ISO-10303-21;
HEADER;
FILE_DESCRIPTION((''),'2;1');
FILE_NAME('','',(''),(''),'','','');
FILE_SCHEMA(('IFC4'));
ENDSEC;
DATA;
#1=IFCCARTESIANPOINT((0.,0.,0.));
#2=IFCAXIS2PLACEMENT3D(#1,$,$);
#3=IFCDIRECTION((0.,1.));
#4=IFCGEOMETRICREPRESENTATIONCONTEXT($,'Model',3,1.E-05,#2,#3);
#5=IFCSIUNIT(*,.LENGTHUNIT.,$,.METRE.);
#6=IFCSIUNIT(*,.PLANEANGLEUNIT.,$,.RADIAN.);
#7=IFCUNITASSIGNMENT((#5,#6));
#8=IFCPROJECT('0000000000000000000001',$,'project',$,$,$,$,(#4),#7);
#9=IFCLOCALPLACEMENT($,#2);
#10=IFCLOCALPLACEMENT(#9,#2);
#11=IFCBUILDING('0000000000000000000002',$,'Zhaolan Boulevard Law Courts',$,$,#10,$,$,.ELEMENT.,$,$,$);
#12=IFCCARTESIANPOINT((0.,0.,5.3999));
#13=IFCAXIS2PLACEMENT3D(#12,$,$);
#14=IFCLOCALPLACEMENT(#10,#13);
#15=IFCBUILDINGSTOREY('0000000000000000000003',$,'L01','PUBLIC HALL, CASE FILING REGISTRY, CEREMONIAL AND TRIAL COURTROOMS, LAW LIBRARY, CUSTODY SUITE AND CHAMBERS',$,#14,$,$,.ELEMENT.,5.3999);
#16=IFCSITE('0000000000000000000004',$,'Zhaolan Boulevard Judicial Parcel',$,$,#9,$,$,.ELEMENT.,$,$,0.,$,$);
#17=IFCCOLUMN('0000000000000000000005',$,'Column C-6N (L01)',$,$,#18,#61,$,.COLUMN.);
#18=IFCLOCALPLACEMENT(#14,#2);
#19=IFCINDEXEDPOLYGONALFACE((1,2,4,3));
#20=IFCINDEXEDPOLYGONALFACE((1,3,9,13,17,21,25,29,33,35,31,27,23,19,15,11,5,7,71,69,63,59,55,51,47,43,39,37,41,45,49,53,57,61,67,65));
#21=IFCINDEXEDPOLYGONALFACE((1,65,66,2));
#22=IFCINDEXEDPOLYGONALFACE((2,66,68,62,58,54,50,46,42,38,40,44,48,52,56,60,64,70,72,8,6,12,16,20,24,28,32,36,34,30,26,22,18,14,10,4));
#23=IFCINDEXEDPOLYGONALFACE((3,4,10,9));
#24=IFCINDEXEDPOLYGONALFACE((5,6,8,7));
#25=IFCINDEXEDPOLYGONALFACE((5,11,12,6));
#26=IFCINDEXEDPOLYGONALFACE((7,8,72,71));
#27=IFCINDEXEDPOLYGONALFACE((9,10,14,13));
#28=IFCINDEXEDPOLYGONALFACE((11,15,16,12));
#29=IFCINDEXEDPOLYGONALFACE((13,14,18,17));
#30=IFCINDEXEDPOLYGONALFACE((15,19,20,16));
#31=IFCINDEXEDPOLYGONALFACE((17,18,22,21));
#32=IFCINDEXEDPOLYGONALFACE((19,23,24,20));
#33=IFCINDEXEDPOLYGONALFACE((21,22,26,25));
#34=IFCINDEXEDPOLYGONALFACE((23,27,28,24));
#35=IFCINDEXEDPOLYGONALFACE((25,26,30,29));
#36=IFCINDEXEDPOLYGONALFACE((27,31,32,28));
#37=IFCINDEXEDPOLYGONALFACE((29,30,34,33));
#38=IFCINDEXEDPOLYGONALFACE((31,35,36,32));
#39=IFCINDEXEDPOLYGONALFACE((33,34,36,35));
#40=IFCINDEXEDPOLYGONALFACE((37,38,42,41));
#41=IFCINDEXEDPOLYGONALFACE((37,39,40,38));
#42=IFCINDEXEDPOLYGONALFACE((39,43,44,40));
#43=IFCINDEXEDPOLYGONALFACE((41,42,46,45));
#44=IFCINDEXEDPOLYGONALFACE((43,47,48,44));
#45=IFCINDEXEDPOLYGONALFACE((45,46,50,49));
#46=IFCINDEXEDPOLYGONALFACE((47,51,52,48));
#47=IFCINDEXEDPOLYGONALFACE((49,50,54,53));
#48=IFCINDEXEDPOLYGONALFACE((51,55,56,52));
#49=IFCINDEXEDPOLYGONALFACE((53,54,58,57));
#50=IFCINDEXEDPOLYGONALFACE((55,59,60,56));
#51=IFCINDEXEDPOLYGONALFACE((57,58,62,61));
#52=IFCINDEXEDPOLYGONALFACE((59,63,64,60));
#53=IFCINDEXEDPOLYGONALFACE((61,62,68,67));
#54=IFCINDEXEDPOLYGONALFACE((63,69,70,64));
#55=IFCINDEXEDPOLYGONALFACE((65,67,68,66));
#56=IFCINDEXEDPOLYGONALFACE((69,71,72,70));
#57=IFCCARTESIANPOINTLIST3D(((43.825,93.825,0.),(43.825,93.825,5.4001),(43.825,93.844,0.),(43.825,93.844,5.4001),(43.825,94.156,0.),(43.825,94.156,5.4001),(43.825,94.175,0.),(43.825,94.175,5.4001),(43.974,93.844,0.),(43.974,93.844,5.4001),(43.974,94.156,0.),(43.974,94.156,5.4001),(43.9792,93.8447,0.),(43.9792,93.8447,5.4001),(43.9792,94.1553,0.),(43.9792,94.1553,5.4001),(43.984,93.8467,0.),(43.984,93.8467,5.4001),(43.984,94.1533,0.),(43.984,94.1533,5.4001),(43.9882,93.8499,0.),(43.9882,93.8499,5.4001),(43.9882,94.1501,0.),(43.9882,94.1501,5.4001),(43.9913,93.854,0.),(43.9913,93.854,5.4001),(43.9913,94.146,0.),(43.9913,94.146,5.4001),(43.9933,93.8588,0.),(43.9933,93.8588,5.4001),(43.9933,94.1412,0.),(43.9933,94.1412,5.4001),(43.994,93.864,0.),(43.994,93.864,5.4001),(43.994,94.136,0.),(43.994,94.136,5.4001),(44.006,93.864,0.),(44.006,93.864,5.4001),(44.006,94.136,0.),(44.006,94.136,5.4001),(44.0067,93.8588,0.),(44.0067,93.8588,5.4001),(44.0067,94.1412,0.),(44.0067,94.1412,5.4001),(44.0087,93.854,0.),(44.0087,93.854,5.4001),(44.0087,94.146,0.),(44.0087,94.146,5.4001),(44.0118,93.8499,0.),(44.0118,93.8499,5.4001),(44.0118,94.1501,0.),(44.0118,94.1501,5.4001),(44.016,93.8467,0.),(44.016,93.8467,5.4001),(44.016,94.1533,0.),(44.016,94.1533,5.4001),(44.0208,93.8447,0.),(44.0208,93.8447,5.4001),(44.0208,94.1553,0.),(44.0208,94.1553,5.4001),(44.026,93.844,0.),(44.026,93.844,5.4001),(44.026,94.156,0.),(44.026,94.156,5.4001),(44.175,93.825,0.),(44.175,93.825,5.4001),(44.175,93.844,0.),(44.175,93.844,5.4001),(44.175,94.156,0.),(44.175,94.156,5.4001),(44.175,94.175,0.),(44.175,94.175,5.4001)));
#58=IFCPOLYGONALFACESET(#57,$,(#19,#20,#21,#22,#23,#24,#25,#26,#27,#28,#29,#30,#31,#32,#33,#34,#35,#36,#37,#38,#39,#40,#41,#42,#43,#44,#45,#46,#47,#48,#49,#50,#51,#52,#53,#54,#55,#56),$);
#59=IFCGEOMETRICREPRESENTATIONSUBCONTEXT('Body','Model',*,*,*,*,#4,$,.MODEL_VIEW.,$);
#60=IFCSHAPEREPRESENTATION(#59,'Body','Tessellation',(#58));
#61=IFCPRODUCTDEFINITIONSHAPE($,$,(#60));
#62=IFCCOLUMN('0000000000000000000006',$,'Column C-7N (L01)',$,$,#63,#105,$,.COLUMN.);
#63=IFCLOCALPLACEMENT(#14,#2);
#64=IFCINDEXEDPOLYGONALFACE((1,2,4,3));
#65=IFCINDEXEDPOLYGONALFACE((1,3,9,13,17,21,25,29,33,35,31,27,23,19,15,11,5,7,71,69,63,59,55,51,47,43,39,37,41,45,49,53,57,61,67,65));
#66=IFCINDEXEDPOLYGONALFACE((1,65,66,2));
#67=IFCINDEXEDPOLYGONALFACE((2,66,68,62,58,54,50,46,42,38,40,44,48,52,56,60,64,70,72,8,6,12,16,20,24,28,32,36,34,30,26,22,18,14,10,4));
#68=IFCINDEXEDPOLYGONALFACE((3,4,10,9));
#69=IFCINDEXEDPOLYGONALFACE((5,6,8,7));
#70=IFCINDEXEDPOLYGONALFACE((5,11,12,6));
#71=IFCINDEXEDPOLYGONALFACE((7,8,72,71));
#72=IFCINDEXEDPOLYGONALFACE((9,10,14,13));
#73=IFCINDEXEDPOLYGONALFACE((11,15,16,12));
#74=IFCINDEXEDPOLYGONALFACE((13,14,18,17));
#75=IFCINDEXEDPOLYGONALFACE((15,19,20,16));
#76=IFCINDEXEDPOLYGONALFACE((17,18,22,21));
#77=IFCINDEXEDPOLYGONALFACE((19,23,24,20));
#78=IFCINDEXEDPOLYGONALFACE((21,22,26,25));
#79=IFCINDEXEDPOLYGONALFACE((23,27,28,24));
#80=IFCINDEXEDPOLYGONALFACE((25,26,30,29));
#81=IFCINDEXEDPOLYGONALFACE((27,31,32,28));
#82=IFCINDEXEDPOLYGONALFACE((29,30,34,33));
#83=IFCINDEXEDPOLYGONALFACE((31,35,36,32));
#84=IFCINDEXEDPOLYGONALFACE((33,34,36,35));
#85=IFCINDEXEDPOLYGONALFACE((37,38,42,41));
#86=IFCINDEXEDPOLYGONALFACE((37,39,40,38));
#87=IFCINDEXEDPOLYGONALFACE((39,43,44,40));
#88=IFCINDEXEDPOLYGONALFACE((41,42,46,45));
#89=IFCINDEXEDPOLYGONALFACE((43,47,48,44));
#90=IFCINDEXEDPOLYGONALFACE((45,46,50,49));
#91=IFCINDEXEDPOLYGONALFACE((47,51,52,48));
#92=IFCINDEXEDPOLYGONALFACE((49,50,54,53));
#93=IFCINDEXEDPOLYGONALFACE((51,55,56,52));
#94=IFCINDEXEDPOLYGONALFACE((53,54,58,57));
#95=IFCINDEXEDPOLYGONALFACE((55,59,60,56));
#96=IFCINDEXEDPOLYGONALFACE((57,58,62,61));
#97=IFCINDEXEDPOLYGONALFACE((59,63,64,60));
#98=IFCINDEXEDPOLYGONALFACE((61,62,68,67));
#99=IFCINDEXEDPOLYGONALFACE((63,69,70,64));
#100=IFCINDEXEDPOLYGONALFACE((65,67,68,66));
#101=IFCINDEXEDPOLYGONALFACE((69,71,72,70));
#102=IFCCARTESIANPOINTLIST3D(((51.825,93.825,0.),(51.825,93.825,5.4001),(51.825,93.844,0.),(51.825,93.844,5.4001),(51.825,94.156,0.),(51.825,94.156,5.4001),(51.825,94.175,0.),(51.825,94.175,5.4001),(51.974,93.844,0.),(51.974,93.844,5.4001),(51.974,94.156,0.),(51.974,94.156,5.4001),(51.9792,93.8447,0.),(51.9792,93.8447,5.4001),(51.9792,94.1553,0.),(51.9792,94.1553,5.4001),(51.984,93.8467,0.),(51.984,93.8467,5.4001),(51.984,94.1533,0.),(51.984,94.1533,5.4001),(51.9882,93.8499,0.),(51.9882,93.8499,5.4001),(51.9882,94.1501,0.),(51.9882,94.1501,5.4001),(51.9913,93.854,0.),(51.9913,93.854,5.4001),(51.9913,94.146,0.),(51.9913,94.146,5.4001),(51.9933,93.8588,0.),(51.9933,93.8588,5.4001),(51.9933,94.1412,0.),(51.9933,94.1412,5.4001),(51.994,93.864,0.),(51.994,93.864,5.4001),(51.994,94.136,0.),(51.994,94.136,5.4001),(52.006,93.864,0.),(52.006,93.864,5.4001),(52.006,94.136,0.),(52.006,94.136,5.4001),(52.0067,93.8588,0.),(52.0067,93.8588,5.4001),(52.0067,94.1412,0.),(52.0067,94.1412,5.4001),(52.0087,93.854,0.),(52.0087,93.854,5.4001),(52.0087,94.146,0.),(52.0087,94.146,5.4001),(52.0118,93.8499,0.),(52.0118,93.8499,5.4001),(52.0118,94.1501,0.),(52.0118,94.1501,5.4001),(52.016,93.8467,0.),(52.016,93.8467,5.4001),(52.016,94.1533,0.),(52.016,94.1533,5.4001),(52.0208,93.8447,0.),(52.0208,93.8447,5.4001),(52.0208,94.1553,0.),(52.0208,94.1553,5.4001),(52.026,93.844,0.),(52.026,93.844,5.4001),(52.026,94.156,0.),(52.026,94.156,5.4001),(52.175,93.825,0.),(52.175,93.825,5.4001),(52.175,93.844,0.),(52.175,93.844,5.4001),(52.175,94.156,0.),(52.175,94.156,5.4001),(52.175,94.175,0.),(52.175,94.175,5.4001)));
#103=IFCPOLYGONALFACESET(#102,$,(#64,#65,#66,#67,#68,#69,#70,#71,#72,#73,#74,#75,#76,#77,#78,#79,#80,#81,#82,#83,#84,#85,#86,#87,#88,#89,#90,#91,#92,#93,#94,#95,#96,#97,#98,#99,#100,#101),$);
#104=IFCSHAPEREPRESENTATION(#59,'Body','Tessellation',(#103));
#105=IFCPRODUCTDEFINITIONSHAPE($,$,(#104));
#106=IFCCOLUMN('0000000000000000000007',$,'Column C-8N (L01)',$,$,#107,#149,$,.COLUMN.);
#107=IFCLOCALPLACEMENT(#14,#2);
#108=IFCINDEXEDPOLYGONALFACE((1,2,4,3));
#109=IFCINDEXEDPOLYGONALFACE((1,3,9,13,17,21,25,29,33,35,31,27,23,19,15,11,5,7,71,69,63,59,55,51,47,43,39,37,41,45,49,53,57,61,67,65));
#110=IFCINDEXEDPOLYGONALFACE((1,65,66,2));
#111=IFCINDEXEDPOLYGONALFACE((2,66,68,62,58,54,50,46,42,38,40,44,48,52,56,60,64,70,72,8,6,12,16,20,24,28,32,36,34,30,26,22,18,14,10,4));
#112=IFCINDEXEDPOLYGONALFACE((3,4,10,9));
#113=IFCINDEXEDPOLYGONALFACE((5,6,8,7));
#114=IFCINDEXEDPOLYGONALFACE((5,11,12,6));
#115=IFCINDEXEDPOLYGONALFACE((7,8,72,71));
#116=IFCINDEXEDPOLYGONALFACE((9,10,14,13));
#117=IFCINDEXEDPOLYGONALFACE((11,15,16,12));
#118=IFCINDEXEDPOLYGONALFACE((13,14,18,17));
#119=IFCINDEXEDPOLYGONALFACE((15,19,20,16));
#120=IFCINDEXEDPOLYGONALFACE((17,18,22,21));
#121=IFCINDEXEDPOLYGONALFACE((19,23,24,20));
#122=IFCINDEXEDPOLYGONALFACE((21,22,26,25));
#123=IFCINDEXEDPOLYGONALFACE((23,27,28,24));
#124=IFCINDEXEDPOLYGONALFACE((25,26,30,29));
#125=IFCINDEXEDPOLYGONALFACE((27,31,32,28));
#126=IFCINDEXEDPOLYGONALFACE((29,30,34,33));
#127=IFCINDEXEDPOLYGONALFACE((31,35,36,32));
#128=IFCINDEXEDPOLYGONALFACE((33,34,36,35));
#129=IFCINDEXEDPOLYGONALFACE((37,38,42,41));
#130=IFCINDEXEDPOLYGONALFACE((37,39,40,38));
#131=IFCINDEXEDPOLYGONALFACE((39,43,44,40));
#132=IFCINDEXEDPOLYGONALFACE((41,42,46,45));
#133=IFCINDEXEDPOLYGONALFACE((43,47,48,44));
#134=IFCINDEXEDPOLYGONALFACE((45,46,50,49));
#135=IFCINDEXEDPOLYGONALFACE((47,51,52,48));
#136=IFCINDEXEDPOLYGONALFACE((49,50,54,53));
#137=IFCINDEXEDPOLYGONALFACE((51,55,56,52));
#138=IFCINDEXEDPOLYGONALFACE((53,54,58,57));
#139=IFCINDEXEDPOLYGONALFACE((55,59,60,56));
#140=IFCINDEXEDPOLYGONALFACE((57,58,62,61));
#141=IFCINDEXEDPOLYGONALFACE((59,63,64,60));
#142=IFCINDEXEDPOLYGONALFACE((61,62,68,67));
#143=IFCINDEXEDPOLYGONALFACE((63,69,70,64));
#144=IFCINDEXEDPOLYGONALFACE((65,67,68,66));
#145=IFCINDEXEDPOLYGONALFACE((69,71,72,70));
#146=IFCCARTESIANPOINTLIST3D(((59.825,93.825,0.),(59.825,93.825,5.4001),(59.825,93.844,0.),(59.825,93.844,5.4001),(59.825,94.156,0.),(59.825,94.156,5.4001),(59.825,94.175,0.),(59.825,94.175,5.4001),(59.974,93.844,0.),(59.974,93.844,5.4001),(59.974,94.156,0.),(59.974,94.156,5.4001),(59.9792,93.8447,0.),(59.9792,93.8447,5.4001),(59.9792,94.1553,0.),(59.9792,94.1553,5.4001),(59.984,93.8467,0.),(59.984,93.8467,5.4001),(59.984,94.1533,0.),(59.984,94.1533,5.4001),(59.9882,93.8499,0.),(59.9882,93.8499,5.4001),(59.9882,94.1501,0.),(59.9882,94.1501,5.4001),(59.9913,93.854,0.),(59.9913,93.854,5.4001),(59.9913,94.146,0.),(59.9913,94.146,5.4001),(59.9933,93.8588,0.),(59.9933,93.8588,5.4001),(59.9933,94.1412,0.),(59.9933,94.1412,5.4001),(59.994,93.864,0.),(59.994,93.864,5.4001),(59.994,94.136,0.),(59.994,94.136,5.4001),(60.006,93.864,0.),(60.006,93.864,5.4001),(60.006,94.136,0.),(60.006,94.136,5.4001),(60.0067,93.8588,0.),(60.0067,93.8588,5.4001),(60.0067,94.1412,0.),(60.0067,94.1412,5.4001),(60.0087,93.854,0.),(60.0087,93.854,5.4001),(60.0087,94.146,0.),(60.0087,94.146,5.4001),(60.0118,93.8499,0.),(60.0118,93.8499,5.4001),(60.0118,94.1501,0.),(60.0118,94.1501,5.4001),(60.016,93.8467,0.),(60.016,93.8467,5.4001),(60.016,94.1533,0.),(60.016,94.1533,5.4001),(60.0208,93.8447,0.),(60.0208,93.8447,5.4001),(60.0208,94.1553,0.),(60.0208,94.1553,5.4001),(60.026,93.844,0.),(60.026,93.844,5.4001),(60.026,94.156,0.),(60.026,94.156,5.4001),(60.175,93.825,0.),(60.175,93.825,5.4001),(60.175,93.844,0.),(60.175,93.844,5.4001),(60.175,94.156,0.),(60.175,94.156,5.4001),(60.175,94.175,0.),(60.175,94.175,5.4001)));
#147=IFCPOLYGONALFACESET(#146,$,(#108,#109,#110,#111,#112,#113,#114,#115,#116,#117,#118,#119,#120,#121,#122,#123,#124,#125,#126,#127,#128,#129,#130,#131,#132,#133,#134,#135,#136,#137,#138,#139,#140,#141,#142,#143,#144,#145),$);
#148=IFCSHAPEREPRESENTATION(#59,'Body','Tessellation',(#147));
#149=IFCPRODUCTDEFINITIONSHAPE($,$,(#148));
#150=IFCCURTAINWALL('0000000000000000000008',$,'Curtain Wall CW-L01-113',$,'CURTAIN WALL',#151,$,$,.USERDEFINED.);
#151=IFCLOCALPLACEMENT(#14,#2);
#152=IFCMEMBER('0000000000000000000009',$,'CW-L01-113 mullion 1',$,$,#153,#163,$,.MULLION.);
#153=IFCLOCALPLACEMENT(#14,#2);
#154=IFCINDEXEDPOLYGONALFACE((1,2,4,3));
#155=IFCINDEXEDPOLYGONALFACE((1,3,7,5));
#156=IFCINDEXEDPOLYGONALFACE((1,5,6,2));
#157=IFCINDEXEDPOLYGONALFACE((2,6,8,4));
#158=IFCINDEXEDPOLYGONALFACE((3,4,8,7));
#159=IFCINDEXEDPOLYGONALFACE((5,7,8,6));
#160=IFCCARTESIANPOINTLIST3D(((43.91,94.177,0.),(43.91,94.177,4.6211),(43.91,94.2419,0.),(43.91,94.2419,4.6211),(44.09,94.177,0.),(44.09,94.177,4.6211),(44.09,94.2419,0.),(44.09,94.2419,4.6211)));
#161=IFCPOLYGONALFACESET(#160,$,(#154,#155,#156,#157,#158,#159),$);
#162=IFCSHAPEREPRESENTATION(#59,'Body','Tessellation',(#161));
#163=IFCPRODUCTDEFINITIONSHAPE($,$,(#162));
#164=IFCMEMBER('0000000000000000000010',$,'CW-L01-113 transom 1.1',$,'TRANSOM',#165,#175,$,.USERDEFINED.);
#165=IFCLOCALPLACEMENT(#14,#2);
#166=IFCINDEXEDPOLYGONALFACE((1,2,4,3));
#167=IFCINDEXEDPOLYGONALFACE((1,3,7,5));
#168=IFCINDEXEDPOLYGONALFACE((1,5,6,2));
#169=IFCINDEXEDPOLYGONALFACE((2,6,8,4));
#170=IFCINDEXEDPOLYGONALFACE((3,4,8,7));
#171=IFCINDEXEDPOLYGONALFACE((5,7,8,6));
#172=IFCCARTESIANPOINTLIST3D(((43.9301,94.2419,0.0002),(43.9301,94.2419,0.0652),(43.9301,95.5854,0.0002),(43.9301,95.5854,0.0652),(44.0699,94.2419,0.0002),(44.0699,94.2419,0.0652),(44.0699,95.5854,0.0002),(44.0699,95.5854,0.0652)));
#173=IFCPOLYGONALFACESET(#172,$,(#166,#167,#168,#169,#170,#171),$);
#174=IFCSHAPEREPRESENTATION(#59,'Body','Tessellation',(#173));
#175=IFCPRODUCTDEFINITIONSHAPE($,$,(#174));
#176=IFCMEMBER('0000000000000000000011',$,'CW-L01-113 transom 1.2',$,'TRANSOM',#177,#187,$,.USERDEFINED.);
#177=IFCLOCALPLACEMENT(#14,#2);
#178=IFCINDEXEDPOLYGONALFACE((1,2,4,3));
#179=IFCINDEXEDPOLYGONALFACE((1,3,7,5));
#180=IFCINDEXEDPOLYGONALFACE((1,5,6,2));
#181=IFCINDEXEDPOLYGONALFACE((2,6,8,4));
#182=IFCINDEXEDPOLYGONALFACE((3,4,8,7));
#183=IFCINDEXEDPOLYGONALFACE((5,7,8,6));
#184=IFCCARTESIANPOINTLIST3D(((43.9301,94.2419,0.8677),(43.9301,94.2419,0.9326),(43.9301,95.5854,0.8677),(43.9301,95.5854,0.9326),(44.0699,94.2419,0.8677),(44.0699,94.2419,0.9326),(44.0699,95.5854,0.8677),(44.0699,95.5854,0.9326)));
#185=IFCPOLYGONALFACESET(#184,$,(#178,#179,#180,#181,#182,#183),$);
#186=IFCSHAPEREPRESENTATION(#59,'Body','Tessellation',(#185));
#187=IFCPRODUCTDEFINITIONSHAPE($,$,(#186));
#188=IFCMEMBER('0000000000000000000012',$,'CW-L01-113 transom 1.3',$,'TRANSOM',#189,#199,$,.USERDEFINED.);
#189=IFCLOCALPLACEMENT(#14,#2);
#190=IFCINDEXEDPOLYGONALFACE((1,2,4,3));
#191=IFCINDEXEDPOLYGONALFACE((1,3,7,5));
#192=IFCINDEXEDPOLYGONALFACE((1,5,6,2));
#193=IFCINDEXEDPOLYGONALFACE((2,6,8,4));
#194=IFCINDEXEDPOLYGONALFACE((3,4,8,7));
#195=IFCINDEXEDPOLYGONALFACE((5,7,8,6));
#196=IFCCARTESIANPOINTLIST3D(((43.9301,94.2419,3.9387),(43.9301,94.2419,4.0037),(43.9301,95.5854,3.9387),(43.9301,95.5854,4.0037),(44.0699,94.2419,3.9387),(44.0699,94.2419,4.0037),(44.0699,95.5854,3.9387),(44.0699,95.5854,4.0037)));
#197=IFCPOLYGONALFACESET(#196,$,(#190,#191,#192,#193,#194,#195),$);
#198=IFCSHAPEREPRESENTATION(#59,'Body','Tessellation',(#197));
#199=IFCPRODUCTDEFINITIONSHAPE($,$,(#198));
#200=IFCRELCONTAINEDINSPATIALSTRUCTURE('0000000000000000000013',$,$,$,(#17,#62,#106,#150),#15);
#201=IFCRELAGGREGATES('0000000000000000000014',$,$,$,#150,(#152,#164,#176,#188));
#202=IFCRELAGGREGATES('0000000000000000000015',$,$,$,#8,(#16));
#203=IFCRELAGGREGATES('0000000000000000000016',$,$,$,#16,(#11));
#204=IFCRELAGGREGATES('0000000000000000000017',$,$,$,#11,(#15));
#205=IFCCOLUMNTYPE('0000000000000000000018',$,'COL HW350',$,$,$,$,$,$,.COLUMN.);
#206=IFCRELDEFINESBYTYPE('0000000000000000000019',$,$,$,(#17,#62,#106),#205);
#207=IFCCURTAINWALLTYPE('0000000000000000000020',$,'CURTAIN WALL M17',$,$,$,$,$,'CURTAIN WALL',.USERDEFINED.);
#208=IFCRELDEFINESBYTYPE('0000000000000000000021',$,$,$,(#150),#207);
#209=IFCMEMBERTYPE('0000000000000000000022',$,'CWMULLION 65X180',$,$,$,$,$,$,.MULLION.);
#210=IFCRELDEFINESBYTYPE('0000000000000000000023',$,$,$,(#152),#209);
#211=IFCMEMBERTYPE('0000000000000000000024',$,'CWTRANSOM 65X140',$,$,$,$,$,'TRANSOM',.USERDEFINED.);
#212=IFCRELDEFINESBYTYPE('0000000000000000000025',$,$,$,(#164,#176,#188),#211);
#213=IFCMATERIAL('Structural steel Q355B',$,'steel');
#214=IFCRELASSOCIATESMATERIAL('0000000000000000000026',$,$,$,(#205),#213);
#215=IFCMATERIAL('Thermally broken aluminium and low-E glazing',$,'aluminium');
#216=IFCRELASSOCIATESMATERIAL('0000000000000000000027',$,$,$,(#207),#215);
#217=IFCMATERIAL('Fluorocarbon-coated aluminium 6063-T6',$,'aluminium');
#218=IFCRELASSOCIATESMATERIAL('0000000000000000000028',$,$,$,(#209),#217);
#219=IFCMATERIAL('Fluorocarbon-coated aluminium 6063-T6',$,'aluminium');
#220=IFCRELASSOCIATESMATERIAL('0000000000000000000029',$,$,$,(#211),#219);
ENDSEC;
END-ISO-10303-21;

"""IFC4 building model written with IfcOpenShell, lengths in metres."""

from ifc_helpers import new_model, si_unit, direction, frame, origin, origin_2d, place, context, subcontext, project, spatial, rectangle, i_section, extrude, material, material_profile, profile_set, type_object, element, aggregate, save


model = new_model("IFC4")

# Units and contexts
model_context = context("Model", 3, precision=1e-05, world=origin(), true_north=direction((0.0, 1.0)))
body_context = subcontext(model_context, "Body", "Model", "MODEL_VIEW")
ifc_project = project(units=[si_unit("LENGTHUNIT", "METRE"), si_unit("PLANEANGLEUNIT", "RADIAN")], contexts=[model_context])

# Site, building, storey
site_placement = place(None, origin())
site = spatial("IfcSite", under=ifc_project, at=site_placement, Name="Zhaolan Boulevard Judicial Parcel", CompositionType="ELEMENT", RefElevation=0.0)
building_placement = place(site_placement, origin())
building = spatial("IfcBuilding", under=site, at=building_placement, Name="Zhaolan Boulevard Law Courts", CompositionType="ELEMENT")
storey_placement = place(building_placement, frame((0.0, 0.0, 5.3999)))
storey = spatial("IfcBuildingStorey", under=building, at=storey_placement, Name="L01", Description="PUBLIC HALL, CASE FILING REGISTRY, CEREMONIAL AND TRIAL COURTROOMS, LAW LIBRARY, CUSTODY SUITE AND CHAMBERS", CompositionType="ELEMENT", Elevation=5.3999)

# Columns
ifc_material_1 = material(Name="Structural steel Q355B", Category="steel")
ifc_material_profile_1 = material_profile(ifc_material_1, i_section(OverallWidth=0.3501, OverallDepth=0.3501, WebThickness=0.012, FlangeThickness=0.019, FilletRadius=0.02, at=origin_2d()), Name="HW350x350")
ifc_profile_set_1 = profile_set([ifc_material_profile_1], Name="Structural steel Q355B")
column_type = type_object("IfcColumnType", Name="COL HW350", PredefinedType="COLUMN", material=ifc_profile_set_1)
for number, where, z_axis, x_axis, name in (
    (1, (44.0, 94.0, 0.0), (0.0, 0.0, 1.0), (1.0, 0.0, 0.0), "Column C-6N (L01)"),
    (2, (52.0, 94.0, 0.0), (0.0, 0.0, 1.0), (1.0, 0.0, 0.0), "Column C-7N (L01)"),
    (3, (60.0, 94.0, 0.0), (0.0, 0.0, 1.0), (1.0, 0.0, 0.0), "Column C-8N (L01)"),
):
    element("IfcColumn", number, at=place(storey_placement, frame(where, z_axis=z_axis, x_axis=x_axis)), inside=storey, type_object=column_type, Name=name, PredefinedType="COLUMN", context=body_context, shape_type="SweptSolid", body=[
        extrude(i_section(OverallWidth=0.3501, OverallDepth=0.3501, WebThickness=0.012, FlangeThickness=0.019, FilletRadius=0.02, at=origin_2d()), origin(), (0.0, 0.0, 1.0), 5.4001),
    ])

# Curtain wall, members
ifc_material_2 = material(Name="Thermally broken aluminium and low-E glazing", Category="aluminium")
curtain_wall_type = type_object("IfcCurtainWallType", Name="CURTAIN WALL M17", ElementType="CURTAIN WALL", PredefinedType="USERDEFINED", material=ifc_material_2)
curtain_wall_placement = place(storey_placement, origin())
curtain_wall = element("IfcCurtainWall", 4, at=curtain_wall_placement, inside=storey, type_object=curtain_wall_type, Name="Curtain Wall CW-L01-113", ObjectType="CURTAIN WALL", PredefinedType="USERDEFINED")
ifc_material_3 = material(Name="Fluorocarbon-coated aluminium 6063-T6", Category="aluminium")
ifc_material_profile_2 = material_profile(ifc_material_3, rectangle(XDim=0.1799, YDim=0.0649, at=origin_2d()), Name="AL65x180")
ifc_profile_set_2 = profile_set([ifc_material_profile_2], Name="Fluorocarbon-coated aluminium 6063-T6")
member_type_1 = type_object("IfcMemberType", Name="CWMULLION 65X180", PredefinedType="MULLION", material=ifc_profile_set_2)
member_1_placement = place(storey_placement, frame((44.0, 94.2095, 0.0), z_axis=(0.0, 0.0, 1.0), x_axis=(-1.0, 0.0, 0.0)))
member_1 = element("IfcMember", 5, at=member_1_placement, type_object=member_type_1, Name="CW-L01-113 mullion 1", PredefinedType="MULLION", context=body_context, shape_type="SweptSolid", body=[
    extrude(rectangle(XDim=0.1799, YDim=0.0649, at=origin_2d()), origin(), (0.0, 0.0, 1.0), 4.6211),
])
ifc_material_4 = material(Name="Fluorocarbon-coated aluminium 6063-T6", Category="aluminium")
ifc_material_profile_3 = material_profile(ifc_material_4, rectangle(XDim=0.1399, YDim=0.0649, at=origin_2d()), Name="AL65x140")
ifc_profile_set_3 = profile_set([ifc_material_profile_3], Name="Fluorocarbon-coated aluminium 6063-T6")
member_type_2 = type_object("IfcMemberType", Name="CWTRANSOM 65X140", ElementType="TRANSOM", PredefinedType="USERDEFINED", material=ifc_profile_set_3)
member_2_placement = place(storey_placement, frame((44.0, 94.2419, 0.0327), z_axis=(0.0, 1.0, 0.0), x_axis=(-1.0, 0.0, 0.0)))
member_2 = element("IfcMember", 6, at=member_2_placement, type_object=member_type_2, Name="CW-L01-113 transom 1.1", ObjectType="TRANSOM", PredefinedType="USERDEFINED", context=body_context, shape_type="SweptSolid", body=[
    extrude(rectangle(XDim=0.1399, YDim=0.0649, at=origin_2d()), origin(), (0.0, 0.0, 1.0), 1.3435),
])
member_3_placement = place(storey_placement, frame((44.0, 94.2419, 0.9001), z_axis=(0.0, 1.0, 0.0), x_axis=(-1.0, 0.0, 0.0)))
member_3 = element("IfcMember", 7, at=member_3_placement, type_object=member_type_2, Name="CW-L01-113 transom 1.2", ObjectType="TRANSOM", PredefinedType="USERDEFINED", context=body_context, shape_type="SweptSolid", body=[
    extrude(rectangle(XDim=0.1399, YDim=0.0649, at=origin_2d()), origin(), (0.0, 0.0, 1.0), 1.3435),
])
member_4_placement = place(storey_placement, frame((44.0, 94.2419, 3.9712), z_axis=(0.0, 1.0, 0.0), x_axis=(-1.0, 0.0, 0.0)))
member_4 = element("IfcMember", 8, at=member_4_placement, type_object=member_type_2, Name="CW-L01-113 transom 1.3", ObjectType="TRANSOM", PredefinedType="USERDEFINED", context=body_context, shape_type="SweptSolid", body=[
    extrude(rectangle(XDim=0.1399, YDim=0.0649, at=origin_2d()), origin(), (0.0, 0.0, 1.0), 1.3435),
])

aggregate(curtain_wall, [member_1, member_2, member_3, member_4])

save(model, "model.ifc")
